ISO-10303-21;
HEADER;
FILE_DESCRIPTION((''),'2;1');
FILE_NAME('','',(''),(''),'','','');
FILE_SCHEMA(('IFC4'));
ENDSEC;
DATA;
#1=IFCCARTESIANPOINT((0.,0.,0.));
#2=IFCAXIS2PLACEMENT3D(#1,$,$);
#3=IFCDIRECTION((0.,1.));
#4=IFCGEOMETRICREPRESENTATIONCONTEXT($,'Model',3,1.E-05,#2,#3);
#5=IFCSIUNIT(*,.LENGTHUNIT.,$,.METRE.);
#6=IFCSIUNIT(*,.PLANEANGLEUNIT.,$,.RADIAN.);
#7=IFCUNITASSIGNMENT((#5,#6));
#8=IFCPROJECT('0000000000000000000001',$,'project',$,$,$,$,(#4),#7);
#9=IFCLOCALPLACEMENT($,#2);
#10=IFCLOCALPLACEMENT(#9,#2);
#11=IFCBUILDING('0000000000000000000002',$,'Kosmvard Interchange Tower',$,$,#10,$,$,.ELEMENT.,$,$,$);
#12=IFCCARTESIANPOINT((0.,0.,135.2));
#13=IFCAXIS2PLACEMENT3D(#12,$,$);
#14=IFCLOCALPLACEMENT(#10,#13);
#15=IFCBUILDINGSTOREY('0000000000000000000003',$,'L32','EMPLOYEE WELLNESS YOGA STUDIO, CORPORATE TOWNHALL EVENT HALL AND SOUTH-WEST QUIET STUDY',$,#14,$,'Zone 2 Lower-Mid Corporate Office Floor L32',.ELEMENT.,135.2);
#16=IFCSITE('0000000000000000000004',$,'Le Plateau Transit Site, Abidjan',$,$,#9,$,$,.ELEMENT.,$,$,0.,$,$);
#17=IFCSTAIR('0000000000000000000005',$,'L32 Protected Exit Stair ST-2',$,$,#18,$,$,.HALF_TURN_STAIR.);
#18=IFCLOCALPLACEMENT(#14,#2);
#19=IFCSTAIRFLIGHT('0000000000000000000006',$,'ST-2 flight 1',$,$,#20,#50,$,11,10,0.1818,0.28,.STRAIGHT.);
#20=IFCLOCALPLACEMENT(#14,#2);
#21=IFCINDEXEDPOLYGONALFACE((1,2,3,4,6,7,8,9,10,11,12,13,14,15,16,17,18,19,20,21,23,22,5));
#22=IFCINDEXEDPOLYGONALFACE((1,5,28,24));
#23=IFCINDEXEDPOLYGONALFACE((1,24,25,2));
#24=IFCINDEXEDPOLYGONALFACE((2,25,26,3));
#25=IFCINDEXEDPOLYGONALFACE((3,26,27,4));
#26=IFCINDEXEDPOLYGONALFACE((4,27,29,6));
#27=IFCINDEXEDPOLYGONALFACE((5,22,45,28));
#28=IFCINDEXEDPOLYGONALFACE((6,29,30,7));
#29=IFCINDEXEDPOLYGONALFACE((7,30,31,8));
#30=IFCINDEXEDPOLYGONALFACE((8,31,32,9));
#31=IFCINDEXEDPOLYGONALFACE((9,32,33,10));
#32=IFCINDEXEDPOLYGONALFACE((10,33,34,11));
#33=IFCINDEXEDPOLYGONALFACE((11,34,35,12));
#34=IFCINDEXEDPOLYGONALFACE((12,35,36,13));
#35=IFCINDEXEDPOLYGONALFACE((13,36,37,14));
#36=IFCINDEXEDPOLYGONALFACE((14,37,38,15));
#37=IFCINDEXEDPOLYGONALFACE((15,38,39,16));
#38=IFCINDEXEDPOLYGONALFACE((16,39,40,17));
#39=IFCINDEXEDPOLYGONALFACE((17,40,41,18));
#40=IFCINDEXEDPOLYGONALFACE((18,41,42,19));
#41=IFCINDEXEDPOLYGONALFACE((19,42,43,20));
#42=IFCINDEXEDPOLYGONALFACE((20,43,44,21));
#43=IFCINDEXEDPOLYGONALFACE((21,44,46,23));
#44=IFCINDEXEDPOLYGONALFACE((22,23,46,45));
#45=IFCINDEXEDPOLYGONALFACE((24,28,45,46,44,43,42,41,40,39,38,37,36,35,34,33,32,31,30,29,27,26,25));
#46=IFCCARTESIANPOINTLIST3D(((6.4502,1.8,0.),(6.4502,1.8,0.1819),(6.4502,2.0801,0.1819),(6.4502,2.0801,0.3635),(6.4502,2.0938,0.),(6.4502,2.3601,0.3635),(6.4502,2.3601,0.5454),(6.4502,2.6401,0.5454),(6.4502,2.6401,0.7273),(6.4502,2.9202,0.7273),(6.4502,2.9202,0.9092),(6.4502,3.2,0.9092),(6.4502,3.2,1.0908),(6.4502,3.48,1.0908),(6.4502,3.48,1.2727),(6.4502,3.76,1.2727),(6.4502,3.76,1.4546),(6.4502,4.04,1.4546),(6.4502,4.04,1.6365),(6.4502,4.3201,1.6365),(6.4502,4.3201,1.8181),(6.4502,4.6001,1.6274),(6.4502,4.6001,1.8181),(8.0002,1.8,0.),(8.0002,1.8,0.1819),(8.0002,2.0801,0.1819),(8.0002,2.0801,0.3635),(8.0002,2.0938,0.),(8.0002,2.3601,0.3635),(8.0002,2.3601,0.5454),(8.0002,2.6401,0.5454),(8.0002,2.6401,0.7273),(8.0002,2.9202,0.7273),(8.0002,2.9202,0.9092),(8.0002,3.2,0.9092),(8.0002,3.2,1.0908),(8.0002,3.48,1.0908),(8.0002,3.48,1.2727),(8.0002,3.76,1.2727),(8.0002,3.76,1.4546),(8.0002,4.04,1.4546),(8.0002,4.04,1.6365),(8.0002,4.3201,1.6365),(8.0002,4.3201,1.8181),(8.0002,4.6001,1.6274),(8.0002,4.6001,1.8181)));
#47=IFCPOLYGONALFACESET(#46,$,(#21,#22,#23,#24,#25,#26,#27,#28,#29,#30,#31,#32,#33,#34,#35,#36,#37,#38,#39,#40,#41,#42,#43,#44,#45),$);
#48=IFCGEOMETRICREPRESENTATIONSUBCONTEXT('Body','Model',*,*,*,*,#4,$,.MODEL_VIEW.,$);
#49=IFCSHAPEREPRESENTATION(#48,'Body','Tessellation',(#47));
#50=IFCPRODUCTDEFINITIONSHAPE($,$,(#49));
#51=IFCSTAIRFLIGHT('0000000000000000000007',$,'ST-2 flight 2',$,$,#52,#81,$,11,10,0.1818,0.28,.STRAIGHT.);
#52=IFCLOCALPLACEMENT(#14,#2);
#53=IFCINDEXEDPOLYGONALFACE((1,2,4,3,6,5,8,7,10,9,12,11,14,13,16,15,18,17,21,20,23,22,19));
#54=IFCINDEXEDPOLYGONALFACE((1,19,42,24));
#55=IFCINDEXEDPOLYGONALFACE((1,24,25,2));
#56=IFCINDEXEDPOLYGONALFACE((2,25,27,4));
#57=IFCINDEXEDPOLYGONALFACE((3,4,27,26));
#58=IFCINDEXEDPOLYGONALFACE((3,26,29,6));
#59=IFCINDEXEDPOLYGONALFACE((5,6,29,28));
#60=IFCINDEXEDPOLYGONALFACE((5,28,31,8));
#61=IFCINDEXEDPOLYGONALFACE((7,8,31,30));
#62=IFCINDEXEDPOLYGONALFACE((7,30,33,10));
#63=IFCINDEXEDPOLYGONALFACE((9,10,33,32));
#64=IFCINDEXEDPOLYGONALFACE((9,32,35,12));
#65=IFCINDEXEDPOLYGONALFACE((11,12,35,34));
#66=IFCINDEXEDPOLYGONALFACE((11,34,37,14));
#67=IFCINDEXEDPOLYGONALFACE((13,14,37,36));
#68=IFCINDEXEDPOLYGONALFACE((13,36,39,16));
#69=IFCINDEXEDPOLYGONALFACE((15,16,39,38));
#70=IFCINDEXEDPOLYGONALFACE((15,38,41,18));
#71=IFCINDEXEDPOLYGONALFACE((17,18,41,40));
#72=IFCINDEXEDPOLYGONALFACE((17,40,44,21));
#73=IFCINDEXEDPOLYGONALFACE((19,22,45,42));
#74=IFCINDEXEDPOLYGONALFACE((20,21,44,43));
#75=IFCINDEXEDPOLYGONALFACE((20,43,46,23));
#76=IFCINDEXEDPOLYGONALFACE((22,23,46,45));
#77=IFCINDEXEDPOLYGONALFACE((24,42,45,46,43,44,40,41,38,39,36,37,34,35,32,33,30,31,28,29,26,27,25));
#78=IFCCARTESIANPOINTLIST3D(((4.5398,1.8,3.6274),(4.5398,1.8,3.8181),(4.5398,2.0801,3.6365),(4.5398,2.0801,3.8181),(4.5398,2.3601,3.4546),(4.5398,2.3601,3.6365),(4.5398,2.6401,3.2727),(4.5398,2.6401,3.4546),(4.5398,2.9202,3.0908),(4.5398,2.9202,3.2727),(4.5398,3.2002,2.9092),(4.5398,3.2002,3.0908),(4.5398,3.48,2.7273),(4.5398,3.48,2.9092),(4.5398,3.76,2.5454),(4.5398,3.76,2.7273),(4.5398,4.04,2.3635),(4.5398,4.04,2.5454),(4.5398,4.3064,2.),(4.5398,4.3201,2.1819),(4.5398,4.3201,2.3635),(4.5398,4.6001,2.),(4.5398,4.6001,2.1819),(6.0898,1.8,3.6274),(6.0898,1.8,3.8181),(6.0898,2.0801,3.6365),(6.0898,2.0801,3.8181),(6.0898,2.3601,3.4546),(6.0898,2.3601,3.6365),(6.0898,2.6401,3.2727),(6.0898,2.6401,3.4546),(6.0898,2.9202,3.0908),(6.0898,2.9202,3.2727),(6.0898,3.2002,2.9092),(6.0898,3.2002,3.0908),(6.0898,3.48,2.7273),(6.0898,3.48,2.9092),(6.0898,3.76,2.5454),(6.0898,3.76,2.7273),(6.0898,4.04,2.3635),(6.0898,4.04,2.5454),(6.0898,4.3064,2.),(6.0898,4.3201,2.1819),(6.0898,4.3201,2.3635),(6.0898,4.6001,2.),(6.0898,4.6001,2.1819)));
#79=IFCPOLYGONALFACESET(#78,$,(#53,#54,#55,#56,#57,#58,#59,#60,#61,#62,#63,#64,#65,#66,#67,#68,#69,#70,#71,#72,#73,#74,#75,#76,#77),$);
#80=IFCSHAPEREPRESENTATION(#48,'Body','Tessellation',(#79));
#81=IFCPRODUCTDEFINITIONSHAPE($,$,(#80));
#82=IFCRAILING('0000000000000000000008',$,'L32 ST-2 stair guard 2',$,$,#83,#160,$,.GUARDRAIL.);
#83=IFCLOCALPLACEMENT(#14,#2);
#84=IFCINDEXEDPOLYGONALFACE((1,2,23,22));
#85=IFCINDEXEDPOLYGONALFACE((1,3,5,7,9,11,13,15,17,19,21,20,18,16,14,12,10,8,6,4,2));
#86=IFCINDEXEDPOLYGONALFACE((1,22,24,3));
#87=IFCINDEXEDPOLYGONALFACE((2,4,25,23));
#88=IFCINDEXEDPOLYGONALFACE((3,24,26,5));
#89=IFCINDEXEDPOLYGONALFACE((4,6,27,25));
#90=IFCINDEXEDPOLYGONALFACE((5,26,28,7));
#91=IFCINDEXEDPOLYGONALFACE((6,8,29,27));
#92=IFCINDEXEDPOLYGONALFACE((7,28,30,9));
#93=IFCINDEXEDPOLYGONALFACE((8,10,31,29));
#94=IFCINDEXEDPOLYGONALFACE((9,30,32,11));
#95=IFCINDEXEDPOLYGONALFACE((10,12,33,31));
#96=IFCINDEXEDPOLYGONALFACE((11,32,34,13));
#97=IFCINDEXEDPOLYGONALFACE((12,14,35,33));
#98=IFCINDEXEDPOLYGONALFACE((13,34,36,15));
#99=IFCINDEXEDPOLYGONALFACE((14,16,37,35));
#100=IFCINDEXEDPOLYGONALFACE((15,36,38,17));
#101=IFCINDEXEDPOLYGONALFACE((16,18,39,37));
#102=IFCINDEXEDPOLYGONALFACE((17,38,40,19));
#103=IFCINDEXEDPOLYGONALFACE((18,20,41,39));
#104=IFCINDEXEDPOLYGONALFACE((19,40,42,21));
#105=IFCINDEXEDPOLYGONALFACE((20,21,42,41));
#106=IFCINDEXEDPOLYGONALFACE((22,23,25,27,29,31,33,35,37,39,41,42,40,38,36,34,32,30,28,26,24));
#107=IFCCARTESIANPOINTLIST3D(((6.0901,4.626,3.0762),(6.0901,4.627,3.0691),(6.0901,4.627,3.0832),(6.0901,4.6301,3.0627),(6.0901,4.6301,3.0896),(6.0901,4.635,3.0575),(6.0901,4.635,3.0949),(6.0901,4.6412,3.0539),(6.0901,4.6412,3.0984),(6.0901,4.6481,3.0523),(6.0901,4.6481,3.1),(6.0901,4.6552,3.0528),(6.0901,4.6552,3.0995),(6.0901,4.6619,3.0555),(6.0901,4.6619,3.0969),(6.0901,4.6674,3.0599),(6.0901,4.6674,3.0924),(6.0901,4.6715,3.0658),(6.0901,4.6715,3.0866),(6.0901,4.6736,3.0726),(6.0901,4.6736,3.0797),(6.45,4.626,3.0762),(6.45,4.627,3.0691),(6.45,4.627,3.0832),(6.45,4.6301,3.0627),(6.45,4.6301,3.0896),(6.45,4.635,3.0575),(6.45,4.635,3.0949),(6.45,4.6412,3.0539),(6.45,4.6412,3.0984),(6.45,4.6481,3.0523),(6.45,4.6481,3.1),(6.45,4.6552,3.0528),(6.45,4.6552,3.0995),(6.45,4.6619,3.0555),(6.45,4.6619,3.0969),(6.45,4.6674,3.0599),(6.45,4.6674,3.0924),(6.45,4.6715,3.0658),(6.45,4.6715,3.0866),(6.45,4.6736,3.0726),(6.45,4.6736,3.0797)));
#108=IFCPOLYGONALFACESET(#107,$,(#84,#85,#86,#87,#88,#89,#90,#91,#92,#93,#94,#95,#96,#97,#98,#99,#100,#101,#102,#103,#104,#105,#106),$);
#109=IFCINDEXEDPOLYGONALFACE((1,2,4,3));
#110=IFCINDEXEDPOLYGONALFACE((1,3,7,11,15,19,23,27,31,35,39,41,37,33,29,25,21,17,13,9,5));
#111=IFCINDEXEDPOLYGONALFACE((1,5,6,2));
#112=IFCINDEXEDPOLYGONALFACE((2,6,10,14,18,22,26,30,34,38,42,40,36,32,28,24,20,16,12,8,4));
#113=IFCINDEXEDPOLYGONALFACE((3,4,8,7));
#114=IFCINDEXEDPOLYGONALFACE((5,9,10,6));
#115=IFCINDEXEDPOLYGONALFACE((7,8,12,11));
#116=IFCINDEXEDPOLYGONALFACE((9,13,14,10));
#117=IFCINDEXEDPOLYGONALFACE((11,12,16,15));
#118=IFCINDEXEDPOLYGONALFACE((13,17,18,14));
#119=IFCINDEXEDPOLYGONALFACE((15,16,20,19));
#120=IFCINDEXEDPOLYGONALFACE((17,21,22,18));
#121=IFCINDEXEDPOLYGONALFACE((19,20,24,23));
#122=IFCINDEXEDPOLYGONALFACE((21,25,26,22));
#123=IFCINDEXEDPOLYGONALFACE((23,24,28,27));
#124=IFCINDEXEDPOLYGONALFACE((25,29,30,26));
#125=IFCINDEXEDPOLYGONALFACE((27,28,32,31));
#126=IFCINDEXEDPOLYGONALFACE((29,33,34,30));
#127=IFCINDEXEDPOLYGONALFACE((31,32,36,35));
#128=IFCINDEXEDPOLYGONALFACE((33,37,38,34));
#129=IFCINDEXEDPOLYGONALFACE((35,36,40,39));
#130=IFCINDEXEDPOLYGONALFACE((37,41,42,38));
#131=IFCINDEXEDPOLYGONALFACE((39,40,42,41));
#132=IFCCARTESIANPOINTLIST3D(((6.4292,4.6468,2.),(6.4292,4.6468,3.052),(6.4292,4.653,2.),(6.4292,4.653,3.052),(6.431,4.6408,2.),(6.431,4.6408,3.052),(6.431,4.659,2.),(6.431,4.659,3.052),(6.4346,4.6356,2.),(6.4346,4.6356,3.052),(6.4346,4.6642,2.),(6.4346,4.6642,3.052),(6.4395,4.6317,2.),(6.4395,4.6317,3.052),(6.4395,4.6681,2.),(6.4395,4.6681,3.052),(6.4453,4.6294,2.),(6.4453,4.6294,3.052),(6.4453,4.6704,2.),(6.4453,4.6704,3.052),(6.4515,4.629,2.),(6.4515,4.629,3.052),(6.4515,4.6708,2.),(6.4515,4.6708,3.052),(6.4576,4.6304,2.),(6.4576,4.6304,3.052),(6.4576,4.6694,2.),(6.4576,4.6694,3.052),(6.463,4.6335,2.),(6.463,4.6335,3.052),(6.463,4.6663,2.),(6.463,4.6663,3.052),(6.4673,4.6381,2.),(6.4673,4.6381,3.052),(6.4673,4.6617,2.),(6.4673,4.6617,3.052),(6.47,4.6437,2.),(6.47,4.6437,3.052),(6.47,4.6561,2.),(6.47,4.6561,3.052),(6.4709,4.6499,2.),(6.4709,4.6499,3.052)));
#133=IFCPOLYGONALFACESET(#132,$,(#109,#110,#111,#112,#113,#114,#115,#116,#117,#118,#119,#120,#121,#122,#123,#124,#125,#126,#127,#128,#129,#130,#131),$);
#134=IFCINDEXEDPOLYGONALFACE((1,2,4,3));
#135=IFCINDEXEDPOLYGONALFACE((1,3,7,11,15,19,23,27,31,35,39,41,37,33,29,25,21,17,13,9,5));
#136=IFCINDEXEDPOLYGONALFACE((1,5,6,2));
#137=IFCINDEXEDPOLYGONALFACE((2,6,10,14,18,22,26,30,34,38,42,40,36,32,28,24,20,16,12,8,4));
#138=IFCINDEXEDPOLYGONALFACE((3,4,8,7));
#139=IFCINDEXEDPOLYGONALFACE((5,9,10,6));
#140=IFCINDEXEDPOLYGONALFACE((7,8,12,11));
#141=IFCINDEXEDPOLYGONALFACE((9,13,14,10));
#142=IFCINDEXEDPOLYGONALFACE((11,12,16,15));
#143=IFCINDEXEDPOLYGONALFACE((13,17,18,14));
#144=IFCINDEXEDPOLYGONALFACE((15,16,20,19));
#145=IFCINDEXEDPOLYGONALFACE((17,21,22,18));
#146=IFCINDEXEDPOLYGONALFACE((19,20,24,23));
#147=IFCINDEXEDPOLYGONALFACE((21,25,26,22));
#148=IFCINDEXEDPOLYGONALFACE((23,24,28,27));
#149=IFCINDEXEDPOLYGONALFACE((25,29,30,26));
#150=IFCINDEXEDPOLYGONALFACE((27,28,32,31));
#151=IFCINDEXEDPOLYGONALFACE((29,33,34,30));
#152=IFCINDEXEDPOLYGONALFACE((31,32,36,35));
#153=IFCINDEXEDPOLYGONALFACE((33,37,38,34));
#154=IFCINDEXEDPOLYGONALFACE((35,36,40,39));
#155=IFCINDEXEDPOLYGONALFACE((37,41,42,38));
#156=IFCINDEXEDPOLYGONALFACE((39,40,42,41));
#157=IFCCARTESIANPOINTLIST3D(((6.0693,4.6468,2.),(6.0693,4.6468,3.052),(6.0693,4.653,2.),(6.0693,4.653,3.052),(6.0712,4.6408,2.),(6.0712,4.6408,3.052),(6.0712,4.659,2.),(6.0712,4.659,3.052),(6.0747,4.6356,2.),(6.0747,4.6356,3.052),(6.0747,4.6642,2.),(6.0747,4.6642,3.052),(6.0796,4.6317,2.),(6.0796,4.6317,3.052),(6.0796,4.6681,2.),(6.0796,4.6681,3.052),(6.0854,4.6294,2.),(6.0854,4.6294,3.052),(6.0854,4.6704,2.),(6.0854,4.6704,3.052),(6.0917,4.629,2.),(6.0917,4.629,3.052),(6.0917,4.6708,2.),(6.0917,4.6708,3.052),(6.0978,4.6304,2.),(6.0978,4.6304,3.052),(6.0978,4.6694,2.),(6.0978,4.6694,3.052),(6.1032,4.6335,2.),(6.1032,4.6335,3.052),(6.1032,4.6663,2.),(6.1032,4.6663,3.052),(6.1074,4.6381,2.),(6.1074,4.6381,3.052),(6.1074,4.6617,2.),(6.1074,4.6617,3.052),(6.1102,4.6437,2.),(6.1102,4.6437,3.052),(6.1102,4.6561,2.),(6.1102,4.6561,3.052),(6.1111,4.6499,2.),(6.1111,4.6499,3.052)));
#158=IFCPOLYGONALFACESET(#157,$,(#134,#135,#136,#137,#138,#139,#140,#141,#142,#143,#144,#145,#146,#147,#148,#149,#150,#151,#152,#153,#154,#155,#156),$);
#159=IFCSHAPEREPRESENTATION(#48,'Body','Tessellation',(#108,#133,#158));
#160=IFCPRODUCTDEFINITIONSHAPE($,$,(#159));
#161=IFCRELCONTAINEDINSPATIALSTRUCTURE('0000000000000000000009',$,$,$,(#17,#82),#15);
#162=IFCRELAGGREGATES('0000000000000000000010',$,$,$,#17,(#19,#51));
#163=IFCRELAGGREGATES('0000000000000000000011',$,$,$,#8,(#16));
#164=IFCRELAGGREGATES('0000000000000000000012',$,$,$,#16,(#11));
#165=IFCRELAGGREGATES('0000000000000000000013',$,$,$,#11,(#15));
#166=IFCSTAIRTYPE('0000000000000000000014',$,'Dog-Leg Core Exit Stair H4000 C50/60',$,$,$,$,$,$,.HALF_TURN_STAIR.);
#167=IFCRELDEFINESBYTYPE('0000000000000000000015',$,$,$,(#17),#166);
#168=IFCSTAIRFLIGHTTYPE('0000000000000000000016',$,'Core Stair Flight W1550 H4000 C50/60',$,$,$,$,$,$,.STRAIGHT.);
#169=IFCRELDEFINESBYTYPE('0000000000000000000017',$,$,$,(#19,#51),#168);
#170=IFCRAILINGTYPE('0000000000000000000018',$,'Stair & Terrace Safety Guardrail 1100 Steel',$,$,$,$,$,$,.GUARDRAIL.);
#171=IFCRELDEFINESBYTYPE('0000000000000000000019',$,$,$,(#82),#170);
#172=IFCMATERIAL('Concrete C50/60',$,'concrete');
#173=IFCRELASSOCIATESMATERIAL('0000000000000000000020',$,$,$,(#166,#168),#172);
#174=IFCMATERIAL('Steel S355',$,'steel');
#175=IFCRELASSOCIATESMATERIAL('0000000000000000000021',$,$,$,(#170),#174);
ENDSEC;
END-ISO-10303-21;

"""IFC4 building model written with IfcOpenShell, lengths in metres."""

from ifc_helpers import new_model, si_unit, direction, frame, origin, origin_2d, place, context, subcontext, project, spatial, polyline, circle, outline, extrude, source, transform, mapped, material, type_object, element, aggregate, save


model = new_model("IFC4")

# Units and contexts
model_context = context("Model", 3, precision=1e-05, world=origin(), true_north=direction((0.0, 1.0)))
body_context = subcontext(model_context, "Body", "Model", "MODEL_VIEW")
ifc_project = project(units=[si_unit("LENGTHUNIT", "METRE"), si_unit("PLANEANGLEUNIT", "RADIAN")], contexts=[model_context])

# Site, building, storey
site_placement = place(None, origin())
site = spatial("IfcSite", under=ifc_project, at=site_placement, Name="Le Plateau Transit Site, Abidjan", CompositionType="ELEMENT", RefElevation=0.0)
building_placement = place(site_placement, origin())
building = spatial("IfcBuilding", under=site, at=building_placement, Name="Kosmvard Interchange Tower", CompositionType="ELEMENT")
storey_placement = place(building_placement, frame((0.0, 0.0, 135.2)))
storey = spatial("IfcBuildingStorey", under=building, at=storey_placement, Name="L32", Description="EMPLOYEE WELLNESS YOGA STUDIO, CORPORATE TOWNHALL EVENT HALL AND SOUTH-WEST QUIET STUDY", LongName="Zone 2 Lower-Mid Corporate Office Floor L32", CompositionType="ELEMENT", Elevation=135.2)

# Shared definitions
ifc_material_1 = material(Name="Steel S355", Category="steel")

# Stair
ifc_material_2 = material(Name="Concrete C50/60", Category="concrete")
stair_type = type_object("IfcStairType", Name="Dog-Leg Core Exit Stair H4000 C50/60", PredefinedType="HALF_TURN_STAIR", material=ifc_material_2)
stair_1_placement = place(storey_placement, origin())
stair_1 = element("IfcStair", 1, at=stair_1_placement, inside=storey, type_object=stair_type, Name="L32 Protected Exit Stair ST-2", PredefinedType="HALF_TURN_STAIR")

# Stair flights
stair_flight_type = type_object("IfcStairFlightType", Name="Core Stair Flight W1550 H4000 C50/60", PredefinedType="STRAIGHT", material=ifc_material_2)
shared_shape_1 = source(origin(), body_context, "Body", "SweptSolid", [
    extrude(outline(polyline([(0.0, 0.0), (0.0, 0.1819), (0.28, 0.1819), (0.28, 0.3635), (0.5601, 0.3635), (0.5601, 0.5454), (0.8401, 0.5454), (0.8401, 0.7273), (1.1201, 0.7273), (1.1201, 0.9092), (1.3999, 0.9092), (1.3999, 1.0908), (1.6799, 1.0908), (1.6799, 1.2727), (1.96, 1.2727), (1.96, 1.4546), (2.24, 1.4546), (2.24, 1.6365), (2.52, 1.6365), (2.52, 1.8181), (2.8, 1.8181), (2.8, 2.0), (2.8, 1.6274), (0.2937, 0.0), (0.0, 0.0)])), frame((0.0, 0.7749, 0.0), z_axis=(0.0, -1.0, 0.0), x_axis=(1.0, 0.0, 0.0)), (0.0, 0.0, 1.0), 1.55),
])
stair_flight_1_placement = place(storey_placement, frame((7.2251, 1.8, 0.0), z_axis=(0.0, 0.0, 1.0), x_axis=(0.0, 1.0, 0.0)))
stair_flight_1 = element("IfcStairFlight", 2, at=stair_flight_1_placement, type_object=stair_flight_type, Name="ST-2 flight 1", NumberOfRisers=11, NumberOfTreads=10, PredefinedType="STRAIGHT", RiserHeight=0.1818, TreadLength=0.28, context=body_context, shape_type="MappedRepresentation", body=[
    mapped(shared_shape_1, transform((0.0, 0.0, 0.0), scale=1.0)),
])
stair_flight_2_placement = place(storey_placement, frame((5.3149, 4.6001, 2.0), z_axis=(0.0, 0.0, 1.0), x_axis=(0.0, -1.0, 0.0)))
stair_flight_2 = element("IfcStairFlight", 3, at=stair_flight_2_placement, type_object=stair_flight_type, Name="ST-2 flight 2", NumberOfRisers=11, NumberOfTreads=10, PredefinedType="STRAIGHT", RiserHeight=0.1818, TreadLength=0.28, context=body_context, shape_type="MappedRepresentation", body=[
    mapped(shared_shape_1, transform((0.0, 0.0, 0.0), scale=1.0)),
])
aggregate(stair_1, [stair_flight_1, stair_flight_2])

# Railing
railing_type_1 = type_object("IfcRailingType", Name="Stair & Terrace Safety Guardrail 1100 Steel", PredefinedType="GUARDRAIL", material=ifc_material_1)
shared_shape_2 = source(origin(), body_context, "Body", "SweptSolid", [
    extrude(circle(Radius=0.0239, at=origin_2d()), frame((0.0, 0.0, 1.0762), z_axis=(-1.0, 0.0, 0.0), x_axis=(0.0, -1.0, 0.0)), (0.0, 0.0, 1.0), 0.3599),
    extrude(circle(Radius=0.021, at=origin_2d()), origin(), (0.0, 0.0, 1.0), 1.052),
    extrude(circle(Radius=0.021, at=origin_2d()), frame((-0.3599, 0.0, 0.0)), (0.0, 0.0, 1.0), 1.052),
])
for number, where, name in (
    (4, (6.45, 4.6499, 2.0), "L32 ST-2 stair guard 2"),
):
    element("IfcRailing", number, at=place(storey_placement, frame(where)), inside=storey, type_object=railing_type_1, Name=name, PredefinedType="GUARDRAIL", context=body_context, shape_type="MappedRepresentation", body=[
        mapped(shared_shape_2, transform((0.0, 0.0, 0.0), scale=1.0)),
    ])

save(model, "model.ifc")
